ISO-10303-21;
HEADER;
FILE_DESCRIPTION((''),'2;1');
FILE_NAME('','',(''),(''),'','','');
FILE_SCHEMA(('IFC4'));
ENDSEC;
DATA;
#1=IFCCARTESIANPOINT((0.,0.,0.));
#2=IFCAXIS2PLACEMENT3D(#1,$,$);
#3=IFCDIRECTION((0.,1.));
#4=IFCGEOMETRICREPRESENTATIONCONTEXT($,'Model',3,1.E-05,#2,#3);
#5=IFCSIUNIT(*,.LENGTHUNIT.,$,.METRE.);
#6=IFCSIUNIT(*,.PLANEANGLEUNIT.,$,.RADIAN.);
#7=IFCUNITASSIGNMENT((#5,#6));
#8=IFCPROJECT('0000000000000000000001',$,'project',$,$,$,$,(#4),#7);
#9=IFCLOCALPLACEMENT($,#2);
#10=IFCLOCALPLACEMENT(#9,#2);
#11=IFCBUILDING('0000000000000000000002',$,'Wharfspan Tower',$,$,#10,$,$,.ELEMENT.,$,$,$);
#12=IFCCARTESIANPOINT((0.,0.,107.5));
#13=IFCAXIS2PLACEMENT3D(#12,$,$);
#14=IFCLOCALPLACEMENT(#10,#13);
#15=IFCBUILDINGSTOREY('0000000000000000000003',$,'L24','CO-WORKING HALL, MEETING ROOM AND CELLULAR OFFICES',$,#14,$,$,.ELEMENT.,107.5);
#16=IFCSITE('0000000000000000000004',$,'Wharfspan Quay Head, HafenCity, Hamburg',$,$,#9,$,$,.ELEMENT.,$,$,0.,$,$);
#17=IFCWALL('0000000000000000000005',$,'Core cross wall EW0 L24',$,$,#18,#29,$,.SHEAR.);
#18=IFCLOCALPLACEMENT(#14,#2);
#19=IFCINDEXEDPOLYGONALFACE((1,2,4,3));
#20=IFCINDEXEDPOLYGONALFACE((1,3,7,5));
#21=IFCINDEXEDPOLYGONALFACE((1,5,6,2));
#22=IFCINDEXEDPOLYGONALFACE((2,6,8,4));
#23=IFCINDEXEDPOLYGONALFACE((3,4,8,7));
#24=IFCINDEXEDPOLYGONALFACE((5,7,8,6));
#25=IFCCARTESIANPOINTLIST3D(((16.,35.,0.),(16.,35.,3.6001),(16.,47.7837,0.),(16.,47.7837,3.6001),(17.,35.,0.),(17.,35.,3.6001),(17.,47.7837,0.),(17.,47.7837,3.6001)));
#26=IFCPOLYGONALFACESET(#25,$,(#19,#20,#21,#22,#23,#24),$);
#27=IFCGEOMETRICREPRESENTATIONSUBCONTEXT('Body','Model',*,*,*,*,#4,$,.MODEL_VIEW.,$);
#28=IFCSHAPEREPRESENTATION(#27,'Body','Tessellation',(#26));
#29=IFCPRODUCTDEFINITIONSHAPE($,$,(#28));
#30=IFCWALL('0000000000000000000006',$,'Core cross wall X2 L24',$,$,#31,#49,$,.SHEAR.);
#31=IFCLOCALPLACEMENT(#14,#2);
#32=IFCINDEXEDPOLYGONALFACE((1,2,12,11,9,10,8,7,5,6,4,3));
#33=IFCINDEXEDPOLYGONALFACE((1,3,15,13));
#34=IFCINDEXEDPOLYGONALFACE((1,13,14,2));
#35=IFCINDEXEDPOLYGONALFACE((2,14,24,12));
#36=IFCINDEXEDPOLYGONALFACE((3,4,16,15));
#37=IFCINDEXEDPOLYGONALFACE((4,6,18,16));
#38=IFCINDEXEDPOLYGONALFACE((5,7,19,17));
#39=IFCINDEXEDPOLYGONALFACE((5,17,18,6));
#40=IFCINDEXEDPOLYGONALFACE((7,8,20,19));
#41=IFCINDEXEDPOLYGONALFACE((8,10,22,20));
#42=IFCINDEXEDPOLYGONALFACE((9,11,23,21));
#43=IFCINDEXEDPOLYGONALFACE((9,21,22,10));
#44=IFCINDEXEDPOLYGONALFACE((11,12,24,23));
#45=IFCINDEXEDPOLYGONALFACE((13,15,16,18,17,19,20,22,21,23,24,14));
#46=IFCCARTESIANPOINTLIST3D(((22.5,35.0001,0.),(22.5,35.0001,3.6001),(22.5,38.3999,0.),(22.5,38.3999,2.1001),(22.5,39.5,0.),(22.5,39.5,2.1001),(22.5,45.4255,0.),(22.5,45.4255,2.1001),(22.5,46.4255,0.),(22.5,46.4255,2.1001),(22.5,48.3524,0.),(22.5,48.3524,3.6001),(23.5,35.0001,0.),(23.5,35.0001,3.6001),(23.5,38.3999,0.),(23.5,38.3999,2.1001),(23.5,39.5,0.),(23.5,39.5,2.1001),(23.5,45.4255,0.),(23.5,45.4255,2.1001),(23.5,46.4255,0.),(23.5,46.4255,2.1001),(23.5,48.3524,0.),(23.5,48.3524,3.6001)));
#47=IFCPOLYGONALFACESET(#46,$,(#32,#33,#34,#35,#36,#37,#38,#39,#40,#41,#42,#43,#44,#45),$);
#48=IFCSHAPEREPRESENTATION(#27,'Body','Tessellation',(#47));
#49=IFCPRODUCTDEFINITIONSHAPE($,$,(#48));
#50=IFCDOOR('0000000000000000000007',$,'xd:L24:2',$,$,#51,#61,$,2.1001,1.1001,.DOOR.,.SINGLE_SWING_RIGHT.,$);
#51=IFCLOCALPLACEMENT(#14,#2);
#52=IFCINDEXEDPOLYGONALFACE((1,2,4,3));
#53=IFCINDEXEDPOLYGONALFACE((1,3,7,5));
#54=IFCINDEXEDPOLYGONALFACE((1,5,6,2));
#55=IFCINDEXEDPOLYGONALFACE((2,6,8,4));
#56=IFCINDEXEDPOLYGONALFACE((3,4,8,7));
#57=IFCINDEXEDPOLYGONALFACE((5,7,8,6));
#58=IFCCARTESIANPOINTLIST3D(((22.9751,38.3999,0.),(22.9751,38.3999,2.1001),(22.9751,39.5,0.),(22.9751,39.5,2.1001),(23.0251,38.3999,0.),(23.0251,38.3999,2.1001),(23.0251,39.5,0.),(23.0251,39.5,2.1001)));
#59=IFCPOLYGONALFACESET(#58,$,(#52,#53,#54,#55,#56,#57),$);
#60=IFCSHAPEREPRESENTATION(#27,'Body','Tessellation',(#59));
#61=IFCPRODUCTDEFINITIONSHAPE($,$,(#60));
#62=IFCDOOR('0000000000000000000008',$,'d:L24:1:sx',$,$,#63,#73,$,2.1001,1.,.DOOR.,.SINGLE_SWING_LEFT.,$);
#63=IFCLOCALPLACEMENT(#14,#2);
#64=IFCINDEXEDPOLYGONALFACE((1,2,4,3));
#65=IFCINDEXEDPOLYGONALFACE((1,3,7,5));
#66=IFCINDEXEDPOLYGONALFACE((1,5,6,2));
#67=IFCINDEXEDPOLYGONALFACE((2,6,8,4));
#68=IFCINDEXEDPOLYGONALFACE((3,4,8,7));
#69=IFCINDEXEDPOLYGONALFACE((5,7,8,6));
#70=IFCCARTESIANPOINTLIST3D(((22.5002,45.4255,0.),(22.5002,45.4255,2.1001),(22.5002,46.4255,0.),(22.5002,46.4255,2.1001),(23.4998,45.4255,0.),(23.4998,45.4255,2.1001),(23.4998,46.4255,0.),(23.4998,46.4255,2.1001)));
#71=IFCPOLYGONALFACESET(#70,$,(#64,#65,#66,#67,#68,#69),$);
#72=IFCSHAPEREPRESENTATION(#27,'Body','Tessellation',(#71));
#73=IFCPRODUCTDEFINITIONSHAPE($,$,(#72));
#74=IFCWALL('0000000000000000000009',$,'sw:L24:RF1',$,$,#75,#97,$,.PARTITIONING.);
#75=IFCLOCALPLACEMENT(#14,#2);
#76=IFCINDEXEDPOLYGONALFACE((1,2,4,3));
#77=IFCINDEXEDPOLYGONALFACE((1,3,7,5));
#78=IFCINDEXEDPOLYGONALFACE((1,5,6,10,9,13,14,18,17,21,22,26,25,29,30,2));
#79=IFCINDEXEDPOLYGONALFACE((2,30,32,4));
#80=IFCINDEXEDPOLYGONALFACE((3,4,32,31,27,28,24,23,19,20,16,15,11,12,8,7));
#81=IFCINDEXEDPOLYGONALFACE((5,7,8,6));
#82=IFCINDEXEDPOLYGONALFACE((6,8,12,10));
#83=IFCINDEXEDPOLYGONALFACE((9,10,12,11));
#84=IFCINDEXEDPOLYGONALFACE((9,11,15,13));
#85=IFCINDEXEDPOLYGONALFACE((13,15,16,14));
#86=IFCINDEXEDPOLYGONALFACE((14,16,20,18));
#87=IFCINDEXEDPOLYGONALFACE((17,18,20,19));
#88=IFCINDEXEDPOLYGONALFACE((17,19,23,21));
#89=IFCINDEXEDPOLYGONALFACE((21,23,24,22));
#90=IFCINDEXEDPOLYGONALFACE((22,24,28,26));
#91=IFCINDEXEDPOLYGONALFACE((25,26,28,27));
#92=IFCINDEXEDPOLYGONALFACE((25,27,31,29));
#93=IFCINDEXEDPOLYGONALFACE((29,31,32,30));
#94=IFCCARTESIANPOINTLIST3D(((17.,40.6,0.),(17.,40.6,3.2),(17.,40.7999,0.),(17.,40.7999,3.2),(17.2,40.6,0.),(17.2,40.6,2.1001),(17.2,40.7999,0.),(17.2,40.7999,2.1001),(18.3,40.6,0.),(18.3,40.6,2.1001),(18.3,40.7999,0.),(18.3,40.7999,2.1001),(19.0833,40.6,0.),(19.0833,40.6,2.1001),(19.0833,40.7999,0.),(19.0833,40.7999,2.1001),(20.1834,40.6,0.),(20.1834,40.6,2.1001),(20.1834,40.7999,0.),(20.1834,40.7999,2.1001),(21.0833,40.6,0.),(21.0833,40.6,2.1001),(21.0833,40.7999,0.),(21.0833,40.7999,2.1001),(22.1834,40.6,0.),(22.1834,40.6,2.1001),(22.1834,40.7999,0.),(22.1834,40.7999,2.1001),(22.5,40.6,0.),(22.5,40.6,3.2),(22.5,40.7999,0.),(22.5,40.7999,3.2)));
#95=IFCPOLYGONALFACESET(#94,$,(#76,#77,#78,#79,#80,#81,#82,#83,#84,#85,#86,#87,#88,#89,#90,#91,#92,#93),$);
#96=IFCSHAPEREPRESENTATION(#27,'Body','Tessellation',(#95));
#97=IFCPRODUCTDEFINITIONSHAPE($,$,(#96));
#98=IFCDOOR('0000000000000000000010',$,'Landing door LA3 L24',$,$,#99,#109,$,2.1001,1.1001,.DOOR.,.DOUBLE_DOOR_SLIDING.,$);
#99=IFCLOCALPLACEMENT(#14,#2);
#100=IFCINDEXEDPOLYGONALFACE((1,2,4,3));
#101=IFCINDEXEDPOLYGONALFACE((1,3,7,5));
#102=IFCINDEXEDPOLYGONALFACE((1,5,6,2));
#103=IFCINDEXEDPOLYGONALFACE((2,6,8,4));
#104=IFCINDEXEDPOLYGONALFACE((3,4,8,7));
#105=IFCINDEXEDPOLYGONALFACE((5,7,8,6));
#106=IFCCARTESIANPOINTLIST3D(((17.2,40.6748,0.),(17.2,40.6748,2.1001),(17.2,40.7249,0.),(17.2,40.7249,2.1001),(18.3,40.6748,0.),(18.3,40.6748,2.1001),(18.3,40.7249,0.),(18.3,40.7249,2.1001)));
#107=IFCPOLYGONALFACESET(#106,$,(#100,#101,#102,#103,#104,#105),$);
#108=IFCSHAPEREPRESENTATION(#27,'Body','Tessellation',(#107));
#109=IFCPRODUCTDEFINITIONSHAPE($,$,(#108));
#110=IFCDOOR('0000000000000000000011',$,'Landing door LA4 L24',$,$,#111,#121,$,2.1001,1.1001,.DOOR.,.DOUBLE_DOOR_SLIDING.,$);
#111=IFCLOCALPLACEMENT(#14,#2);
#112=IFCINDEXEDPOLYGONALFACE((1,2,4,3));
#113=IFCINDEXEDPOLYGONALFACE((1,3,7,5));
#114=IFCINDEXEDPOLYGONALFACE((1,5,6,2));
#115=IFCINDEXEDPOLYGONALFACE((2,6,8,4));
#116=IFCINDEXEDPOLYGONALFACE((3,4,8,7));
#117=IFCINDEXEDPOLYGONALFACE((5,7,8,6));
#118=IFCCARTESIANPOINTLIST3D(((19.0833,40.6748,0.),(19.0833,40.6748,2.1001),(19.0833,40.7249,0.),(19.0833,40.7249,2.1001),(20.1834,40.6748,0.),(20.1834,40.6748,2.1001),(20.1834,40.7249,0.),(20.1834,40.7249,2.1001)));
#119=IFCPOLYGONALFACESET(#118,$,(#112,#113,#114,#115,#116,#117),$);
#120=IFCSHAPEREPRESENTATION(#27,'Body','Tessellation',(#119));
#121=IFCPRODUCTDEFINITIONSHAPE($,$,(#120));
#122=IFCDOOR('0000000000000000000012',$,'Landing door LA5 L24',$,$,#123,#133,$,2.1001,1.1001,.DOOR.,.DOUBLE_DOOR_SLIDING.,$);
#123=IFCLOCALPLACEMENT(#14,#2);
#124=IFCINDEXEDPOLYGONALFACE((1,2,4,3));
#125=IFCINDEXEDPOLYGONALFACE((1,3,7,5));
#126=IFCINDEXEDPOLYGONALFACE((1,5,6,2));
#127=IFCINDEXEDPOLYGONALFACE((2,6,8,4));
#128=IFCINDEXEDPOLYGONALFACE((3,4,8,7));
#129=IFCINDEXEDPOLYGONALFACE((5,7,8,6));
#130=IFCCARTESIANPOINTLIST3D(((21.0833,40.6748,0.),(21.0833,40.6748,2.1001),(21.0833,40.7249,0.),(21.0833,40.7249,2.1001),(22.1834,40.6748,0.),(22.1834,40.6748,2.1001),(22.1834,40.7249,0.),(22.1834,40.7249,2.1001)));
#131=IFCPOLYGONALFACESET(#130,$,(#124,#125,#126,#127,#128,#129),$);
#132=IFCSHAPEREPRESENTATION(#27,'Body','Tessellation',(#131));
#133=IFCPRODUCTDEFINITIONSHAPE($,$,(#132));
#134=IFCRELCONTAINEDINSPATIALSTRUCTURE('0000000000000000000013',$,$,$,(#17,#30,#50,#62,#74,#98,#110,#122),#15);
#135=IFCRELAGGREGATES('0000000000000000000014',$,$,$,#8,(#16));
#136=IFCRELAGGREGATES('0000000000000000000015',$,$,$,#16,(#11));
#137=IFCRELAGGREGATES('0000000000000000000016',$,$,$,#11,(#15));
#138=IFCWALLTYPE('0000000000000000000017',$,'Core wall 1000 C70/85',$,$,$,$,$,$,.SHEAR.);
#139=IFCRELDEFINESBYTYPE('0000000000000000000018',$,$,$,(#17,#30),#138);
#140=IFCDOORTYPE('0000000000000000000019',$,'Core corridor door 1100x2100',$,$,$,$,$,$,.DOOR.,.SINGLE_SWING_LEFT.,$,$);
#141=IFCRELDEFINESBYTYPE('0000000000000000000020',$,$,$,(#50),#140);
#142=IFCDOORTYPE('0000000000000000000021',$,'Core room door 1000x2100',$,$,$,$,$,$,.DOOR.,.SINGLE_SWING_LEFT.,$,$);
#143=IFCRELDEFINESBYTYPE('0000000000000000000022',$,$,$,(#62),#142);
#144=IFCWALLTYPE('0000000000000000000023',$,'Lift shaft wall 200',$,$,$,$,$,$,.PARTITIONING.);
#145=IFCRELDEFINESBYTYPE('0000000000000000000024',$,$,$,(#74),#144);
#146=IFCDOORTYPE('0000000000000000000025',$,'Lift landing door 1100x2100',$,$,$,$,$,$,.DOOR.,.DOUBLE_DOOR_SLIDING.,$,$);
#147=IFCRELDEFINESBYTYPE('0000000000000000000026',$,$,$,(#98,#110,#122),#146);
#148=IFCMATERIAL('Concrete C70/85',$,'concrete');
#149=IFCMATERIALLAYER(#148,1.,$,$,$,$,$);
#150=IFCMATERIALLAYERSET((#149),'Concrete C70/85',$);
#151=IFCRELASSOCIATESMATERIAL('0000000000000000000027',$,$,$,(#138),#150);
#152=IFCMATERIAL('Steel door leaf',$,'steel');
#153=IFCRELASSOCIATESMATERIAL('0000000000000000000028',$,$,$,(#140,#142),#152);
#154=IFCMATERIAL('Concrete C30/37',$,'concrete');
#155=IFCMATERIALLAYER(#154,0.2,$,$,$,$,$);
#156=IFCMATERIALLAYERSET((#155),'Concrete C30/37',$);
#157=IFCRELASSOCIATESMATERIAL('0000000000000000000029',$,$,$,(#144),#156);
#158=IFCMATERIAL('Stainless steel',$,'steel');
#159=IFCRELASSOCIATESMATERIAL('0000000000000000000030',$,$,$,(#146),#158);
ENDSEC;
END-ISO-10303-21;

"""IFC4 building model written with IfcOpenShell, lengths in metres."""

from ifc_helpers import new_model, si_unit, direction, frame, frame_2d, origin, place, context, subcontext, project, spatial, rectangle, extrude, material, layer, layer_set, type_object, element, fill, save


model = new_model("IFC4")

# Units and contexts
model_context = context("Model", 3, precision=1e-05, world=origin(), true_north=direction((0.0, 1.0)))
body_context = subcontext(model_context, "Body", "Model", "MODEL_VIEW")
ifc_project = project(units=[si_unit("LENGTHUNIT", "METRE"), si_unit("PLANEANGLEUNIT", "RADIAN")], contexts=[model_context])

# Site, building, storey
site_placement = place(None, origin())
site = spatial("IfcSite", under=ifc_project, at=site_placement, Name="Wharfspan Quay Head, HafenCity, Hamburg", CompositionType="ELEMENT", RefElevation=0.0)
building_placement = place(site_placement, origin())
building = spatial("IfcBuilding", under=site, at=building_placement, Name="Wharfspan Tower", CompositionType="ELEMENT")
storey_placement = place(building_placement, frame((0.0, 0.0, 107.5)))
storey = spatial("IfcBuildingStorey", under=building, at=storey_placement, Name="L24", Description="CO-WORKING HALL, MEETING ROOM AND CELLULAR OFFICES", CompositionType="ELEMENT", Elevation=107.5)

# Wall
ifc_material_1 = material(Name="Concrete C70/85", Category="concrete")
ifc_layer_1 = layer(ifc_material_1, 1.0)
ifc_layer_set_1 = layer_set([ifc_layer_1], Name="Concrete C70/85")
wall_type_1 = type_object("IfcWallType", Name="Core wall 1000 C70/85", PredefinedType="SHEAR", material=ifc_layer_set_1)
wall_1_placement = place(storey_placement, frame((16.5, 35.0, 0.0), z_axis=(0.0, 0.0, 1.0), x_axis=(0.0, 1.0, 0.0)))
element("IfcWall", 1, at=wall_1_placement, inside=storey, type_object=wall_type_1, Name="Core cross wall EW0 L24", PredefinedType="SHEAR", context=body_context, shape_type="SweptSolid", body=[
    extrude(rectangle(XDim=12.7837, YDim=1.0, at=frame_2d((6.3918, 0.0))), origin(), (0.0, 0.0, 1.0), 3.6001),
])

# Walls, openings, doors
wall_2_placement = place(storey_placement, frame((23.0, 35.0, 0.0), z_axis=(0.0, 0.0, 1.0), x_axis=(0.0, 1.0, 0.0)))
wall_2 = element("IfcWall", 2, at=wall_2_placement, inside=storey, type_object=wall_type_1, Name="Core cross wall X2 L24", PredefinedType="SHEAR", context=body_context, shape_type="SweptSolid", body=[
    extrude(rectangle(XDim=13.3523, YDim=1.0, at=frame_2d((6.6763, 0.0))), origin(), (0.0, 0.0, 1.0), 3.6001),
])
opening_1_placement = place(wall_2_placement, frame((10.4255, 0.0, 0.0)))
opening_1 = element("IfcOpeningElement", 3, at=opening_1_placement, cuts=wall_2, PredefinedType="OPENING", context=body_context, shape_type="SweptSolid", body=[
    extrude(rectangle(XDim=1.0, YDim=2.1001, at=frame_2d((0.5, 1.05))), frame((0.0, 0.51, 0.0), z_axis=(0.0, -1.0, 0.0), x_axis=(1.0, 0.0, 0.0)), (0.0, 0.0, 1.0), 1.02),
])
opening_2_placement = place(wall_2_placement, frame((3.3999, 0.0, 0.0)))
opening_2 = element("IfcOpeningElement", 4, at=opening_2_placement, cuts=wall_2, PredefinedType="OPENING", context=body_context, shape_type="SweptSolid", body=[
    extrude(rectangle(XDim=1.1001, YDim=2.1001, at=frame_2d((0.55, 1.05))), frame((0.0, 0.51, 0.0), z_axis=(0.0, -1.0, 0.0), x_axis=(1.0, 0.0, 0.0)), (0.0, 0.0, 1.0), 1.02),
])
ifc_material_2 = material(Name="Steel door leaf", Category="steel")
door_type_1 = type_object("IfcDoorType", Name="Core corridor door 1100x2100", OperationType="SINGLE_SWING_LEFT", PredefinedType="DOOR", material=ifc_material_2)
door_1_placement = place(opening_2_placement, origin())
door_1 = element("IfcDoor", 5, at=door_1_placement, inside=storey, type_object=door_type_1, Name="xd:L24:2", OperationType="SINGLE_SWING_RIGHT", OverallHeight=2.1001, OverallWidth=1.1001, PredefinedType="DOOR", context=body_context, shape_type="SweptSolid", body=[
    extrude(rectangle(XDim=1.1001, YDim=2.1001, at=frame_2d((0.55, 1.05))), frame((0.0, 0.0249, 0.0), z_axis=(0.0, -1.0, 0.0), x_axis=(1.0, 0.0, 0.0)), (0.0, 0.0, 1.0), 0.05),
])
fill(opening_2, door_1)
door_type_2 = type_object("IfcDoorType", Name="Core room door 1000x2100", OperationType="SINGLE_SWING_LEFT", PredefinedType="DOOR", material=ifc_material_2)
door_2_placement = place(opening_1_placement, origin())
door_2 = element("IfcDoor", 6, at=door_2_placement, inside=storey, type_object=door_type_2, Name="d:L24:1:sx", OperationType="SINGLE_SWING_LEFT", OverallHeight=2.1001, OverallWidth=1.0, PredefinedType="DOOR", context=body_context, shape_type="SweptSolid", body=[
    extrude(rectangle(XDim=1.0, YDim=2.1001, at=frame_2d((0.5, 1.05))), frame((0.0, 0.4998, 0.0), z_axis=(0.0, -1.0, 0.0), x_axis=(1.0, 0.0, 0.0)), (0.0, 0.0, 1.0), 0.9995),
])
fill(opening_1, door_2)
ifc_material_3 = material(Name="Concrete C30/37", Category="concrete")
ifc_layer_2 = layer(ifc_material_3, 0.2)
ifc_layer_set_2 = layer_set([ifc_layer_2], Name="Concrete C30/37")
wall_type_2 = type_object("IfcWallType", Name="Lift shaft wall 200", PredefinedType="PARTITIONING", material=ifc_layer_set_2)
wall_3_placement = place(storey_placement, frame((17.0, 40.7, 0.0), z_axis=(0.0, 0.0, 1.0), x_axis=(1.0, 0.0, 0.0)))
wall_3 = element("IfcWall", 7, at=wall_3_placement, inside=storey, type_object=wall_type_2, Name="sw:L24:RF1", PredefinedType="PARTITIONING", context=body_context, shape_type="SweptSolid", body=[
    extrude(rectangle(XDim=5.5, YDim=0.2, at=frame_2d((2.75, 0.0))), origin(), (0.0, 0.0, 1.0), 3.2),
])
opening_3_placement = place(wall_3_placement, frame((0.2, 0.0, 0.0)))
opening_3 = element("IfcOpeningElement", 8, at=opening_3_placement, cuts=wall_3, PredefinedType="OPENING", context=body_context, shape_type="SweptSolid", body=[
    extrude(rectangle(XDim=1.1001, YDim=2.1001, at=frame_2d((0.55, 1.05))), frame((0.0, 0.1099, 0.0), z_axis=(0.0, -1.0, 0.0), x_axis=(1.0, 0.0, 0.0)), (0.0, 0.0, 1.0), 0.22),
])
opening_4_placement = place(wall_3_placement, frame((2.0833, 0.0, 0.0)))
opening_4 = element("IfcOpeningElement", 9, at=opening_4_placement, cuts=wall_3, PredefinedType="OPENING", context=body_context, shape_type="SweptSolid", body=[
    extrude(rectangle(XDim=1.1001, YDim=2.1001, at=frame_2d((0.55, 1.05))), frame((0.0, 0.1099, 0.0), z_axis=(0.0, -1.0, 0.0), x_axis=(1.0, 0.0, 0.0)), (0.0, 0.0, 1.0), 0.22),
])
opening_5_placement = place(wall_3_placement, frame((4.0833, 0.0, 0.0)))
opening_5 = element("IfcOpeningElement", 10, at=opening_5_placement, cuts=wall_3, PredefinedType="OPENING", context=body_context, shape_type="SweptSolid", body=[
    extrude(rectangle(XDim=1.1001, YDim=2.1001, at=frame_2d((0.55, 1.05))), frame((0.0, 0.1099, 0.0), z_axis=(0.0, -1.0, 0.0), x_axis=(1.0, 0.0, 0.0)), (0.0, 0.0, 1.0), 0.22),
])
ifc_material_4 = material(Name="Stainless steel", Category="steel")
door_type_3 = type_object("IfcDoorType", Name="Lift landing door 1100x2100", OperationType="DOUBLE_DOOR_SLIDING", PredefinedType="DOOR", material=ifc_material_4)
door_3_placement = place(opening_3_placement, origin())
door_3 = element("IfcDoor", 11, at=door_3_placement, inside=storey, type_object=door_type_3, Name="Landing door LA3 L24", OperationType="DOUBLE_DOOR_SLIDING", OverallHeight=2.1001, OverallWidth=1.1001, PredefinedType="DOOR", context=body_context, shape_type="SweptSolid", body=[
    extrude(rectangle(XDim=1.1001, YDim=2.1001, at=frame_2d((0.55, 1.05))), frame((0.0, 0.0249, 0.0), z_axis=(0.0, -1.0, 0.0), x_axis=(1.0, 0.0, 0.0)), (0.0, 0.0, 1.0), 0.05),
])
fill(opening_3, door_3)
door_4_placement = place(opening_4_placement, origin())
door_4 = element("IfcDoor", 12, at=door_4_placement, inside=storey, type_object=door_type_3, Name="Landing door LA4 L24", OperationType="DOUBLE_DOOR_SLIDING", OverallHeight=2.1001, OverallWidth=1.1001, PredefinedType="DOOR", context=body_context, shape_type="SweptSolid", body=[
    extrude(rectangle(XDim=1.1001, YDim=2.1001, at=frame_2d((0.55, 1.05))), frame((0.0, 0.0249, 0.0), z_axis=(0.0, -1.0, 0.0), x_axis=(1.0, 0.0, 0.0)), (0.0, 0.0, 1.0), 0.05),
])
fill(opening_4, door_4)
door_5_placement = place(opening_5_placement, origin())
door_5 = element("IfcDoor", 13, at=door_5_placement, inside=storey, type_object=door_type_3, Name="Landing door LA5 L24", OperationType="DOUBLE_DOOR_SLIDING", OverallHeight=2.1001, OverallWidth=1.1001, PredefinedType="DOOR", context=body_context, shape_type="SweptSolid", body=[
    extrude(rectangle(XDim=1.1001, YDim=2.1001, at=frame_2d((0.55, 1.05))), frame((0.0, 0.0249, 0.0), z_axis=(0.0, -1.0, 0.0), x_axis=(1.0, 0.0, 0.0)), (0.0, 0.0, 1.0), 0.05),
])
fill(opening_5, door_5)

save(model, "model.ifc")
